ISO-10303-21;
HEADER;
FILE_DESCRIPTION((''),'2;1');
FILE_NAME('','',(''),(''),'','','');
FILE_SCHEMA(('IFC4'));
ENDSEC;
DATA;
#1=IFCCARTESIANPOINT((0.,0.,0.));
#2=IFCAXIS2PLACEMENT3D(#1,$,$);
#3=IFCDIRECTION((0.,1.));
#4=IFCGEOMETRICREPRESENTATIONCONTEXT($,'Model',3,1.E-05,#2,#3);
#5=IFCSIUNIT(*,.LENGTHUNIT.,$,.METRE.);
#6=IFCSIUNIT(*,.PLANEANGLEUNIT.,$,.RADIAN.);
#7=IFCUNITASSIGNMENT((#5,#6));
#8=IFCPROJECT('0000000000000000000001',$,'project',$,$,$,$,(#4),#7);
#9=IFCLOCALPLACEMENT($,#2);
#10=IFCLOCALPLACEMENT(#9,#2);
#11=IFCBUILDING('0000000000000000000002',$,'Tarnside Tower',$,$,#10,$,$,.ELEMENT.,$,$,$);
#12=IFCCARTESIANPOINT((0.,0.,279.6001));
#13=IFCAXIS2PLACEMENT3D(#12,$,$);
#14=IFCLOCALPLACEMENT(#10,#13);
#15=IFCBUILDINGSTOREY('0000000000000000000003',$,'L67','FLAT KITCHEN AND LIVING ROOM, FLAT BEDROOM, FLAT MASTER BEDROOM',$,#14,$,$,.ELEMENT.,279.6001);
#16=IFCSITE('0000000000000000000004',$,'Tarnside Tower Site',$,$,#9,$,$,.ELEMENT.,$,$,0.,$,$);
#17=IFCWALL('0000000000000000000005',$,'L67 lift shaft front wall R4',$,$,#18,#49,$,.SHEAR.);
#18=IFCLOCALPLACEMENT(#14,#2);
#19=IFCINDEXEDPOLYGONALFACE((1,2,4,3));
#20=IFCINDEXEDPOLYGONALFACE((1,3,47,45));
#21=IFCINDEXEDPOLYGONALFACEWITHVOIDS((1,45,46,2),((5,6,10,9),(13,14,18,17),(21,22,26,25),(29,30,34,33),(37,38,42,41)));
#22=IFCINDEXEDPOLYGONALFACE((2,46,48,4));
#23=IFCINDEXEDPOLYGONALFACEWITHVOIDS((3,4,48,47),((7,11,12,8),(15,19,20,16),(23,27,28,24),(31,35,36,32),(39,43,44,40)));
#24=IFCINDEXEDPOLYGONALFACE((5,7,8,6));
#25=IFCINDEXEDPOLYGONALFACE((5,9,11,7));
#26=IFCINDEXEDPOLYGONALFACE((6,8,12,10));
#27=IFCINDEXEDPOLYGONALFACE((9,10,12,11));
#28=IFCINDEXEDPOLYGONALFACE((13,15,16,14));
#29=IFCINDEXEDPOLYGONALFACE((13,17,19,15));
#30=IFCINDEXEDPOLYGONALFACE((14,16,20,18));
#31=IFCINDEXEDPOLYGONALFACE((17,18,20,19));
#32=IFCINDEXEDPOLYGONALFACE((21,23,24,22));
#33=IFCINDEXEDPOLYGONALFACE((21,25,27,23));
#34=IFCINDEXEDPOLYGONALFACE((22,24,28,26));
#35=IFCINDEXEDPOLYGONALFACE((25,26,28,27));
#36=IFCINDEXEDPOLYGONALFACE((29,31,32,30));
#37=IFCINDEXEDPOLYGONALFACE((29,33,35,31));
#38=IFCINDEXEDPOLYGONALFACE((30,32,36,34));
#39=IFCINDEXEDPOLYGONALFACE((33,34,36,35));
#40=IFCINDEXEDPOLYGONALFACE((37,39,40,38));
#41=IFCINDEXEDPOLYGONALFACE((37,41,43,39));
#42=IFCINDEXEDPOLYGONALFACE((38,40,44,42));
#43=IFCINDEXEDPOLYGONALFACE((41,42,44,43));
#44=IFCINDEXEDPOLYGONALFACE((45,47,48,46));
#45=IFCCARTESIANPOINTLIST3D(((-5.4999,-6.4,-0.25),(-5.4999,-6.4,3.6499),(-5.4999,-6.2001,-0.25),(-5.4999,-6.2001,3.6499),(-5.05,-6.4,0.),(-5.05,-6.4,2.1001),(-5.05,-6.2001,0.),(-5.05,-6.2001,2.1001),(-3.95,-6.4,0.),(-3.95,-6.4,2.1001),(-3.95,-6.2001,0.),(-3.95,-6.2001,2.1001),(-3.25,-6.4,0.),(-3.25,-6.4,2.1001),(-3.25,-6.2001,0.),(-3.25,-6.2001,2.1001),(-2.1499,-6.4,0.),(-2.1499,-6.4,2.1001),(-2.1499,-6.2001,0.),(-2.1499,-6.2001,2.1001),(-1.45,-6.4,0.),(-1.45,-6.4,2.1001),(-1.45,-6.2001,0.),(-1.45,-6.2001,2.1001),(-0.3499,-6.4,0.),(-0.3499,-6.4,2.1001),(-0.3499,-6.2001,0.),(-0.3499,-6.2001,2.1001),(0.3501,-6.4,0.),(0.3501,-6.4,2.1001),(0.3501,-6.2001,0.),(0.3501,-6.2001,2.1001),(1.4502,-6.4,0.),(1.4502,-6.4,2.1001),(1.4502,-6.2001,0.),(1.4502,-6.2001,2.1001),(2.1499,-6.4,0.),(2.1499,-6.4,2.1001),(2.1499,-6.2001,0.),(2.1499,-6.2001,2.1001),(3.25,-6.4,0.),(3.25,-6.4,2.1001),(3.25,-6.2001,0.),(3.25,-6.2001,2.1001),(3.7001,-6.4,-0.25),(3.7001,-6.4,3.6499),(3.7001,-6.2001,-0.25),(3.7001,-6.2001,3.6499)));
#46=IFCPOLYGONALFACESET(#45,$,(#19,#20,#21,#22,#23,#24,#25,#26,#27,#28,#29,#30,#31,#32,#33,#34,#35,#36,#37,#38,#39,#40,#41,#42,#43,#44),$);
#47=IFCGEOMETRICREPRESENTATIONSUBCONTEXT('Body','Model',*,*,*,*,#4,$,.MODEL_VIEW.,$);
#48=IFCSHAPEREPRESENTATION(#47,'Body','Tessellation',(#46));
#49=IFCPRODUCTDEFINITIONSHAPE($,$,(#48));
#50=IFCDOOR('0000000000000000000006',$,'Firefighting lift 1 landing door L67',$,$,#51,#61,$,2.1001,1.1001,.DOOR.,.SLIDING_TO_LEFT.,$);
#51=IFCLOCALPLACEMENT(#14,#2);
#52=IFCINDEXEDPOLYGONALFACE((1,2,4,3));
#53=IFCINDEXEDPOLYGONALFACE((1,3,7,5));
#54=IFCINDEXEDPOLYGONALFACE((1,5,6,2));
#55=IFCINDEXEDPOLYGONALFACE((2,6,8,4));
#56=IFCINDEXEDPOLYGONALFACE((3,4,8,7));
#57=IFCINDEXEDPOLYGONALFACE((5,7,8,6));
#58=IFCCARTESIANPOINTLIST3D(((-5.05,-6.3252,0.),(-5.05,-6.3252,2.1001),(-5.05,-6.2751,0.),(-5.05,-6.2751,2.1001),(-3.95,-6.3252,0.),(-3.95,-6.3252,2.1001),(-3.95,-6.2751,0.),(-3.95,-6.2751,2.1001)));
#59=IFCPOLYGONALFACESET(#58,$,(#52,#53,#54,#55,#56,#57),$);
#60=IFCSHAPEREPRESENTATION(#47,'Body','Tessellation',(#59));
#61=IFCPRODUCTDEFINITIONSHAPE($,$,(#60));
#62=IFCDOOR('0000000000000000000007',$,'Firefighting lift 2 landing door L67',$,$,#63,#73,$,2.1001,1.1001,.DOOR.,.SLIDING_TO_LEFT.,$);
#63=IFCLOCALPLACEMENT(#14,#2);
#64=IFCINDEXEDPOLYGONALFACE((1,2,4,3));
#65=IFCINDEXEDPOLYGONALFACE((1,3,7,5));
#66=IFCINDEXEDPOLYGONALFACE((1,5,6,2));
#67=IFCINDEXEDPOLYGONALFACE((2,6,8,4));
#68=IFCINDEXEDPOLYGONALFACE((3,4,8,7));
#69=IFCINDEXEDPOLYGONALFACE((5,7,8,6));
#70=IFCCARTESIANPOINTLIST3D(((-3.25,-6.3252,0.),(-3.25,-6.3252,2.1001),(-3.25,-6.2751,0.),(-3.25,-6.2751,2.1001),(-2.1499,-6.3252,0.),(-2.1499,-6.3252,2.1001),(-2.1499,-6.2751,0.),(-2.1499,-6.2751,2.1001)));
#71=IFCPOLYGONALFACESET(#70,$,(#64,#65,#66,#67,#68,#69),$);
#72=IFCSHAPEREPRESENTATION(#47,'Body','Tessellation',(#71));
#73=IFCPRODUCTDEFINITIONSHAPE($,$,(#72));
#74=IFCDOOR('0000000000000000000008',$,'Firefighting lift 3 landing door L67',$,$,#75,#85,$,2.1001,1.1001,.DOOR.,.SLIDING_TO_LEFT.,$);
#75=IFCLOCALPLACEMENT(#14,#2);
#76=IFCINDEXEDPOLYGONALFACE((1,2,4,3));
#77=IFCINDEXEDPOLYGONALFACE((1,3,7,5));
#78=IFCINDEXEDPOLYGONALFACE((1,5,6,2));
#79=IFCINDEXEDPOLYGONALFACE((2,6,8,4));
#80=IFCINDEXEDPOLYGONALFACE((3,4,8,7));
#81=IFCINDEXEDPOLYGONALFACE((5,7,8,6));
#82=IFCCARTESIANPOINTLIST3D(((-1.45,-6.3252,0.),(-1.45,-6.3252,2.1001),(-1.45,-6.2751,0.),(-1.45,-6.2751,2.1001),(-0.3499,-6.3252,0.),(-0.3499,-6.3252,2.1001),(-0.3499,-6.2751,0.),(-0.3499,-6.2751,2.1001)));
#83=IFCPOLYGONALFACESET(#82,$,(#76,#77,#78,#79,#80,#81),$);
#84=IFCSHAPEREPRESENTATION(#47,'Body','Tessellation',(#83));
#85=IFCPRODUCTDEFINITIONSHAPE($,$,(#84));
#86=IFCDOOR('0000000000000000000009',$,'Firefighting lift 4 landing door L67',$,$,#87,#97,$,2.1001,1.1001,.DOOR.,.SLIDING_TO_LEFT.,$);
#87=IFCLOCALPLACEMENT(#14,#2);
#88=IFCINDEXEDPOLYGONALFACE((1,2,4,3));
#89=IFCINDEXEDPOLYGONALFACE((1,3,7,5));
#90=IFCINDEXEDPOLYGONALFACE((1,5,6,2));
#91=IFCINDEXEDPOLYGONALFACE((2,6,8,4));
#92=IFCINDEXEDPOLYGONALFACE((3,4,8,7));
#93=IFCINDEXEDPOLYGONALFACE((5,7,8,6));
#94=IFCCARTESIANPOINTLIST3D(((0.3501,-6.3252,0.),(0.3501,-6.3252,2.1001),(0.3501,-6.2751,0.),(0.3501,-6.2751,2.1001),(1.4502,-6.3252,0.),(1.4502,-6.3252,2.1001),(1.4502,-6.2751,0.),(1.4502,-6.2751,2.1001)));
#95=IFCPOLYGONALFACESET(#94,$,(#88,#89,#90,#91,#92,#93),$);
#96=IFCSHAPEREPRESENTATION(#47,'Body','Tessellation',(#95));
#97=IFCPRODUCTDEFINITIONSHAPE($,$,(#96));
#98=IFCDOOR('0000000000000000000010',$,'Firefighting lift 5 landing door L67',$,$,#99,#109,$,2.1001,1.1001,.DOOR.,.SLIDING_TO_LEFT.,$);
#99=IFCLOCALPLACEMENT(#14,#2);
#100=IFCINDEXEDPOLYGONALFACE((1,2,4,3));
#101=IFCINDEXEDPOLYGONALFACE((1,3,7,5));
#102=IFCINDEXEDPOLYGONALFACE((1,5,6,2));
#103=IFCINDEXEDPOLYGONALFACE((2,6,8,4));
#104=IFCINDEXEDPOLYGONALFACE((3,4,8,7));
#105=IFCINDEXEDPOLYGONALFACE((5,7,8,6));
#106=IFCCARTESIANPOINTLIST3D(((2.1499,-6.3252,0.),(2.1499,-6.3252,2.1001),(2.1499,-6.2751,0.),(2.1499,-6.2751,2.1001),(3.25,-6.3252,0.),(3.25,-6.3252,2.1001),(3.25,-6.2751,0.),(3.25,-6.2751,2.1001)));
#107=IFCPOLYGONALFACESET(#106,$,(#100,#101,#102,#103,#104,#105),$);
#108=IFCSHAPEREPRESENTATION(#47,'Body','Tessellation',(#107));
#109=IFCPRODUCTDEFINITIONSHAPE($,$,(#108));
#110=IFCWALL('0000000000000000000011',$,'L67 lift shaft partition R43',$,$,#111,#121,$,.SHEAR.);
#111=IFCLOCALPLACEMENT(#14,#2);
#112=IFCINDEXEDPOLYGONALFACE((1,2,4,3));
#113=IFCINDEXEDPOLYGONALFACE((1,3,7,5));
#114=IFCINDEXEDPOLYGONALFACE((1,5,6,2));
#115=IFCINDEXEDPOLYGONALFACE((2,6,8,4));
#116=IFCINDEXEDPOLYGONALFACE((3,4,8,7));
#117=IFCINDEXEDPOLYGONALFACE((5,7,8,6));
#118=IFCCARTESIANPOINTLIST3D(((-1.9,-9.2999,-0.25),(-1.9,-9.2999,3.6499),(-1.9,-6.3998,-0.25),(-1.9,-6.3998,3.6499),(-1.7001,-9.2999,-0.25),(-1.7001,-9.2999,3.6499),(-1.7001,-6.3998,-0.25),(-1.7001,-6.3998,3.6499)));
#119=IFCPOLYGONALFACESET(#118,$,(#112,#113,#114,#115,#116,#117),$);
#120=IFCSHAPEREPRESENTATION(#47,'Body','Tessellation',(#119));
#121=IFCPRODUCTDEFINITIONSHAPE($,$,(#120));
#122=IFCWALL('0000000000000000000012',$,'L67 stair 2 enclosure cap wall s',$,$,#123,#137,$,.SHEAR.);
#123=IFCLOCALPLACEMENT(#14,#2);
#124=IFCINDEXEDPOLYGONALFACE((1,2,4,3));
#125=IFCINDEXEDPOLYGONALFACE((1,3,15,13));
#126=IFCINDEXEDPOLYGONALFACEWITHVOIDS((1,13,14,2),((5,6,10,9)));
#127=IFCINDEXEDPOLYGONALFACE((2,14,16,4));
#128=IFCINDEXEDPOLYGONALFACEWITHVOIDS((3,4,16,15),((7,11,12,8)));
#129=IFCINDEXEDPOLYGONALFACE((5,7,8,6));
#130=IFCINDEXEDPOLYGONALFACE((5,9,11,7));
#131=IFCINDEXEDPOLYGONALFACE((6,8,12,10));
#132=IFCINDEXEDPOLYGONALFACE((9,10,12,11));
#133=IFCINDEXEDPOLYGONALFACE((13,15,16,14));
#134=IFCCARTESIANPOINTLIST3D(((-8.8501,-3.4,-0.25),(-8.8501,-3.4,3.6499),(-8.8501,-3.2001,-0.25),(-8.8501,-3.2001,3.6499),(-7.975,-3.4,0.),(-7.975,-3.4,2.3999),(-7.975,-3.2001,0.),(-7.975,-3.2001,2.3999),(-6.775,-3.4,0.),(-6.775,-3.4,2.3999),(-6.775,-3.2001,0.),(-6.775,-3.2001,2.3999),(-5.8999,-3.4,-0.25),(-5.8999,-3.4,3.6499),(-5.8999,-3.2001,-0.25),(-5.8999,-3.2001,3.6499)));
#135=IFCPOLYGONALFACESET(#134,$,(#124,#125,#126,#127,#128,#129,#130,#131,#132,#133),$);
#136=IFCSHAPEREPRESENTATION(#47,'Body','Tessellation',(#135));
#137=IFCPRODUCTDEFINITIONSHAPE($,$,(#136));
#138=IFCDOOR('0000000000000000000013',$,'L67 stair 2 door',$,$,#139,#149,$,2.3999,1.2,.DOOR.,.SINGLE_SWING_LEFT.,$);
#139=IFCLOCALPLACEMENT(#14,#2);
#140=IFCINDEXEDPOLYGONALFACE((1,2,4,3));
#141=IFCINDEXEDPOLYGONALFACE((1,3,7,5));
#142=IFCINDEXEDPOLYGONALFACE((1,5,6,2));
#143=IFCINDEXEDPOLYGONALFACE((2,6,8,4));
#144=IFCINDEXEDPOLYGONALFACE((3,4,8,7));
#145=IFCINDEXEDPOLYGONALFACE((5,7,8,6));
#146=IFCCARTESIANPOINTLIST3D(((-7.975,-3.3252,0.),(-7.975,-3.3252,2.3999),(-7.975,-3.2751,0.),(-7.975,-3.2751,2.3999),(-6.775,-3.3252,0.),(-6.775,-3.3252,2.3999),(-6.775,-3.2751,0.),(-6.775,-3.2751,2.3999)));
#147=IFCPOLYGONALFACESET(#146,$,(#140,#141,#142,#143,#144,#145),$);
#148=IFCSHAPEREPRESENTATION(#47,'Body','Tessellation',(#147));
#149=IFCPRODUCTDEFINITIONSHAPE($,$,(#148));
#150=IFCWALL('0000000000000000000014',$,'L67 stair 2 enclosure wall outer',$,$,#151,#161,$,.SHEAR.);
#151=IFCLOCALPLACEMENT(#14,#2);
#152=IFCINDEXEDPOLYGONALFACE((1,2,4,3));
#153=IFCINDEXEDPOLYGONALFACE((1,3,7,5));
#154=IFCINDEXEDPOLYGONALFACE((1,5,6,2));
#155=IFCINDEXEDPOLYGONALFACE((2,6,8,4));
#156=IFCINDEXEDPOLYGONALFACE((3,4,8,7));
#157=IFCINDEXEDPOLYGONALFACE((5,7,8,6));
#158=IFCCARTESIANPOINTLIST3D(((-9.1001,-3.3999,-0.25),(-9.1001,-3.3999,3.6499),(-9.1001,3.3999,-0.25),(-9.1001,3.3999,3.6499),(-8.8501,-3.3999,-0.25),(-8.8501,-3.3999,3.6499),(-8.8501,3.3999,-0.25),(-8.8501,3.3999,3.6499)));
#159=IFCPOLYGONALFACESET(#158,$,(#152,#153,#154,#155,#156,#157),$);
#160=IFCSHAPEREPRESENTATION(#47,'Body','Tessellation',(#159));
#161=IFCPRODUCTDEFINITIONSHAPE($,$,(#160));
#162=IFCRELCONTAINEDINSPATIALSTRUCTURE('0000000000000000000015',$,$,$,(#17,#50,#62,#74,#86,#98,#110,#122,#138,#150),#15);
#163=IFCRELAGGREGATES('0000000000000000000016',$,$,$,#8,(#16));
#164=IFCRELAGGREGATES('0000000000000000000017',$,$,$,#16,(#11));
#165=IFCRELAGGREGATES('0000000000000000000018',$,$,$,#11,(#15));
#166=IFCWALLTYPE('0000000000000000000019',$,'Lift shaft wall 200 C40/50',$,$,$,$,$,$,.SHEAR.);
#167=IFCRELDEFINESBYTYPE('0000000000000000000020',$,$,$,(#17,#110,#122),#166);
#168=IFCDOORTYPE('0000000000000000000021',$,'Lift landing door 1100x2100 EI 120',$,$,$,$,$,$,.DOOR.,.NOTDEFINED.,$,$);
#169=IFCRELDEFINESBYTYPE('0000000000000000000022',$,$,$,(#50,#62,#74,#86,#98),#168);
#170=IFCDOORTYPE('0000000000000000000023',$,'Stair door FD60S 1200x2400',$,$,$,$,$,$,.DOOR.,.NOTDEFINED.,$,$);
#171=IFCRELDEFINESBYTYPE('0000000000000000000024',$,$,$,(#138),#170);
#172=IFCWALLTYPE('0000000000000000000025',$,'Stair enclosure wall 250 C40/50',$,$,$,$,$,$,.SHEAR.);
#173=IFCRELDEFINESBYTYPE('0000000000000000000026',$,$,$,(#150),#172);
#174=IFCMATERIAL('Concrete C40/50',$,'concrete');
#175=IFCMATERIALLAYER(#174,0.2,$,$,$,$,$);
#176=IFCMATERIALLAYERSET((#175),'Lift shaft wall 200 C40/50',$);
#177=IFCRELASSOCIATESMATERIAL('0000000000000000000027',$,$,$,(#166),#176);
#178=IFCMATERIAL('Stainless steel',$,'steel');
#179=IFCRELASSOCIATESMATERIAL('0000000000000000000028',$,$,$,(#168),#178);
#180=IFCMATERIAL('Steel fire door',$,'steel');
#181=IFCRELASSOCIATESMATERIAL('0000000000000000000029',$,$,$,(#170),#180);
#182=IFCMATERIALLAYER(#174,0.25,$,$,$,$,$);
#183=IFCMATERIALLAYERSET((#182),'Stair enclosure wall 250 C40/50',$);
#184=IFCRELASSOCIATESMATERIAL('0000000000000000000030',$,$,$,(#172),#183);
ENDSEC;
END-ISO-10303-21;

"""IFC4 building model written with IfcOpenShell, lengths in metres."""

from ifc_helpers import new_model, si_unit, direction, frame, frame_2d, origin, place, context, subcontext, project, spatial, rectangle, extrude, material, layer, layer_set, type_object, element, fill, save


model = new_model("IFC4")

# Units and contexts
model_context = context("Model", 3, precision=1e-05, world=origin(), true_north=direction((0.0, 1.0)))
body_context = subcontext(model_context, "Body", "Model", "MODEL_VIEW")
ifc_project = project(units=[si_unit("LENGTHUNIT", "METRE"), si_unit("PLANEANGLEUNIT", "RADIAN")], contexts=[model_context])

# Site, building, storey
site_placement = place(None, origin())
site = spatial("IfcSite", under=ifc_project, at=site_placement, Name="Tarnside Tower Site", CompositionType="ELEMENT", RefElevation=0.0)
building_placement = place(site_placement, origin())
building = spatial("IfcBuilding", under=site, at=building_placement, Name="Tarnside Tower", CompositionType="ELEMENT")
storey_placement = place(building_placement, frame((0.0, 0.0, 279.6001)))
storey = spatial("IfcBuildingStorey", under=building, at=storey_placement, Name="L67", Description="FLAT KITCHEN AND LIVING ROOM, FLAT BEDROOM, FLAT MASTER BEDROOM", CompositionType="ELEMENT", Elevation=279.6001)

# Shared definitions
ifc_material_1 = material(Name="Concrete C40/50", Category="concrete")
ifc_material_2 = material(Name="Steel fire door", Category="steel")

# Wall, openings, doors
ifc_layer_1 = layer(ifc_material_1, 0.2)
ifc_layer_set_1 = layer_set([ifc_layer_1], Name="Lift shaft wall 200 C40/50")
wall_type_1 = type_object("IfcWallType", Name="Lift shaft wall 200 C40/50", PredefinedType="SHEAR", material=ifc_layer_set_1)
wall_1_placement = place(storey_placement, frame((-5.5, -6.3, -0.25), z_axis=(0.0, 0.0, 1.0), x_axis=(1.0, 0.0, 0.0)))
wall_1 = element("IfcWall", 1, at=wall_1_placement, inside=storey, type_object=wall_type_1, Name="L67 lift shaft front wall R4", PredefinedType="SHEAR", context=body_context, shape_type="SweptSolid", body=[
    extrude(rectangle(XDim=9.2, YDim=0.2, at=frame_2d((4.6001, 0.0))), origin(), (0.0, 0.0, 1.0), 3.8999),
])
opening_1_placement = place(wall_1_placement, frame((0.45, 0.0, 0.25)))
opening_1 = element("IfcOpeningElement", 2, at=opening_1_placement, cuts=wall_1, PredefinedType="OPENING", context=body_context, shape_type="SweptSolid", body=[
    extrude(rectangle(XDim=1.1001, YDim=2.1001, at=frame_2d((0.55, 1.05))), frame((0.0, 0.1099, 0.0), z_axis=(0.0, -1.0, 0.0), x_axis=(1.0, 0.0, 0.0)), (0.0, 0.0, 1.0), 0.22),
])
opening_2_placement = place(wall_1_placement, frame((2.25, 0.0, 0.25)))
opening_2 = element("IfcOpeningElement", 3, at=opening_2_placement, cuts=wall_1, PredefinedType="OPENING", context=body_context, shape_type="SweptSolid", body=[
    extrude(rectangle(XDim=1.1001, YDim=2.1001, at=frame_2d((0.55, 1.05))), frame((0.0, 0.1099, 0.0), z_axis=(0.0, -1.0, 0.0), x_axis=(1.0, 0.0, 0.0)), (0.0, 0.0, 1.0), 0.22),
])
opening_3_placement = place(wall_1_placement, frame((4.05, 0.0, 0.25)))
opening_3 = element("IfcOpeningElement", 4, at=opening_3_placement, cuts=wall_1, PredefinedType="OPENING", context=body_context, shape_type="SweptSolid", body=[
    extrude(rectangle(XDim=1.1001, YDim=2.1001, at=frame_2d((0.55, 1.05))), frame((0.0, 0.1099, 0.0), z_axis=(0.0, -1.0, 0.0), x_axis=(1.0, 0.0, 0.0)), (0.0, 0.0, 1.0), 0.22),
])
opening_4_placement = place(wall_1_placement, frame((5.8501, 0.0, 0.25)))
opening_4 = element("IfcOpeningElement", 5, at=opening_4_placement, cuts=wall_1, PredefinedType="OPENING", context=body_context, shape_type="SweptSolid", body=[
    extrude(rectangle(XDim=1.1001, YDim=2.1001, at=frame_2d((0.55, 1.05))), frame((0.0, 0.1099, 0.0), z_axis=(0.0, -1.0, 0.0), x_axis=(1.0, 0.0, 0.0)), (0.0, 0.0, 1.0), 0.22),
])
opening_5_placement = place(wall_1_placement, frame((7.6499, 0.0, 0.25)))
opening_5 = element("IfcOpeningElement", 6, at=opening_5_placement, cuts=wall_1, PredefinedType="OPENING", context=body_context, shape_type="SweptSolid", body=[
    extrude(rectangle(XDim=1.1001, YDim=2.1001, at=frame_2d((0.55, 1.05))), frame((0.0, 0.1099, 0.0), z_axis=(0.0, -1.0, 0.0), x_axis=(1.0, 0.0, 0.0)), (0.0, 0.0, 1.0), 0.22),
])
ifc_material_3 = material(Name="Stainless steel", Category="steel")
door_type_1 = type_object("IfcDoorType", Name="Lift landing door 1100x2100 EI 120", OperationType="NOTDEFINED", PredefinedType="DOOR", material=ifc_material_3)
door_1_placement = place(opening_1_placement, origin())
door_1 = element("IfcDoor", 7, at=door_1_placement, inside=storey, type_object=door_type_1, Name="Firefighting lift 1 landing door L67", OperationType="SLIDING_TO_LEFT", OverallHeight=2.1001, OverallWidth=1.1001, PredefinedType="DOOR", context=body_context, shape_type="SweptSolid", body=[
    extrude(rectangle(XDim=1.1001, YDim=2.1001, at=frame_2d((0.55, 1.05))), frame((0.0, 0.0249, 0.0), z_axis=(0.0, -1.0, 0.0), x_axis=(1.0, 0.0, 0.0)), (0.0, 0.0, 1.0), 0.05),
])
fill(opening_1, door_1)
door_2_placement = place(opening_2_placement, origin())
door_2 = element("IfcDoor", 8, at=door_2_placement, inside=storey, type_object=door_type_1, Name="Firefighting lift 2 landing door L67", OperationType="SLIDING_TO_LEFT", OverallHeight=2.1001, OverallWidth=1.1001, PredefinedType="DOOR", context=body_context, shape_type="SweptSolid", body=[
    extrude(rectangle(XDim=1.1001, YDim=2.1001, at=frame_2d((0.55, 1.05))), frame((0.0, 0.0249, 0.0), z_axis=(0.0, -1.0, 0.0), x_axis=(1.0, 0.0, 0.0)), (0.0, 0.0, 1.0), 0.05),
])
fill(opening_2, door_2)
door_3_placement = place(opening_3_placement, origin())
door_3 = element("IfcDoor", 9, at=door_3_placement, inside=storey, type_object=door_type_1, Name="Firefighting lift 3 landing door L67", OperationType="SLIDING_TO_LEFT", OverallHeight=2.1001, OverallWidth=1.1001, PredefinedType="DOOR", context=body_context, shape_type="SweptSolid", body=[
    extrude(rectangle(XDim=1.1001, YDim=2.1001, at=frame_2d((0.55, 1.05))), frame((0.0, 0.0249, 0.0), z_axis=(0.0, -1.0, 0.0), x_axis=(1.0, 0.0, 0.0)), (0.0, 0.0, 1.0), 0.05),
])
fill(opening_3, door_3)
door_4_placement = place(opening_4_placement, origin())
door_4 = element("IfcDoor", 10, at=door_4_placement, inside=storey, type_object=door_type_1, Name="Firefighting lift 4 landing door L67", OperationType="SLIDING_TO_LEFT", OverallHeight=2.1001, OverallWidth=1.1001, PredefinedType="DOOR", context=body_context, shape_type="SweptSolid", body=[
    extrude(rectangle(XDim=1.1001, YDim=2.1001, at=frame_2d((0.55, 1.05))), frame((0.0, 0.0249, 0.0), z_axis=(0.0, -1.0, 0.0), x_axis=(1.0, 0.0, 0.0)), (0.0, 0.0, 1.0), 0.05),
])
fill(opening_4, door_4)
door_5_placement = place(opening_5_placement, origin())
door_5 = element("IfcDoor", 11, at=door_5_placement, inside=storey, type_object=door_type_1, Name="Firefighting lift 5 landing door L67", OperationType="SLIDING_TO_LEFT", OverallHeight=2.1001, OverallWidth=1.1001, PredefinedType="DOOR", context=body_context, shape_type="SweptSolid", body=[
    extrude(rectangle(XDim=1.1001, YDim=2.1001, at=frame_2d((0.55, 1.05))), frame((0.0, 0.0249, 0.0), z_axis=(0.0, -1.0, 0.0), x_axis=(1.0, 0.0, 0.0)), (0.0, 0.0, 1.0), 0.05),
])
fill(opening_5, door_5)

# Wall
wall_2_placement = place(storey_placement, frame((-1.8, -9.3, -0.25), z_axis=(0.0, 0.0, 1.0), x_axis=(0.0, 1.0, 0.0)))
element("IfcWall", 12, at=wall_2_placement, inside=storey, type_object=wall_type_1, Name="L67 lift shaft partition R43", PredefinedType="SHEAR", context=body_context, shape_type="SweptSolid", body=[
    extrude(rectangle(XDim=2.9001, YDim=0.2, at=frame_2d((1.4502, 0.0))), origin(), (0.0, 0.0, 1.0), 3.8999),
])

# Wall, opening, door
wall_3_placement = place(storey_placement, frame((-8.8501, -3.3, -0.25), z_axis=(0.0, 0.0, 1.0), x_axis=(1.0, 0.0, 0.0)))
wall_3 = element("IfcWall", 13, at=wall_3_placement, inside=storey, type_object=wall_type_1, Name="L67 stair 2 enclosure cap wall s", PredefinedType="SHEAR", context=body_context, shape_type="SweptSolid", body=[
    extrude(rectangle(XDim=2.9502, YDim=0.2, at=frame_2d((1.4751, 0.0))), origin(), (0.0, 0.0, 1.0), 3.8999),
])
opening_6_placement = place(wall_3_placement, frame((0.875, 0.0, 0.25)))
opening_6 = element("IfcOpeningElement", 14, at=opening_6_placement, cuts=wall_3, PredefinedType="OPENING", context=body_context, shape_type="SweptSolid", body=[
    extrude(rectangle(XDim=1.2, YDim=2.3999, at=frame_2d((0.6001, 1.2))), frame((0.0, 0.1099, 0.0), z_axis=(0.0, -1.0, 0.0), x_axis=(1.0, 0.0, 0.0)), (0.0, 0.0, 1.0), 0.22),
])
door_type_2 = type_object("IfcDoorType", Name="Stair door FD60S 1200x2400", OperationType="NOTDEFINED", PredefinedType="DOOR", material=ifc_material_2)
door_6_placement = place(opening_6_placement, origin())
door_6 = element("IfcDoor", 15, at=door_6_placement, inside=storey, type_object=door_type_2, Name="L67 stair 2 door", OperationType="SINGLE_SWING_LEFT", OverallHeight=2.3999, OverallWidth=1.2, PredefinedType="DOOR", context=body_context, shape_type="SweptSolid", body=[
    extrude(rectangle(XDim=1.2, YDim=2.3999, at=frame_2d((0.6001, 1.2))), frame((0.0, 0.0249, 0.0), z_axis=(0.0, -1.0, 0.0), x_axis=(1.0, 0.0, 0.0)), (0.0, 0.0, 1.0), 0.05),
])
fill(opening_6, door_6)

# Wall
ifc_layer_2 = layer(ifc_material_1, 0.25)
ifc_layer_set_2 = layer_set([ifc_layer_2], Name="Stair enclosure wall 250 C40/50")
wall_type_2 = type_object("IfcWallType", Name="Stair enclosure wall 250 C40/50", PredefinedType="SHEAR", material=ifc_layer_set_2)
wall_4_placement = place(storey_placement, frame((-8.9751, -3.3999, -0.25), z_axis=(0.0, 0.0, 1.0), x_axis=(0.0, 1.0, 0.0)))
element("IfcWall", 16, at=wall_4_placement, inside=storey, type_object=wall_type_2, Name="L67 stair 2 enclosure wall outer", PredefinedType="SHEAR", context=body_context, shape_type="SweptSolid", body=[
    extrude(rectangle(XDim=6.7998, YDim=0.25, at=frame_2d((3.3999, 0.0))), origin(), (0.0, 0.0, 1.0), 3.8999),
])

save(model, "model.ifc")
